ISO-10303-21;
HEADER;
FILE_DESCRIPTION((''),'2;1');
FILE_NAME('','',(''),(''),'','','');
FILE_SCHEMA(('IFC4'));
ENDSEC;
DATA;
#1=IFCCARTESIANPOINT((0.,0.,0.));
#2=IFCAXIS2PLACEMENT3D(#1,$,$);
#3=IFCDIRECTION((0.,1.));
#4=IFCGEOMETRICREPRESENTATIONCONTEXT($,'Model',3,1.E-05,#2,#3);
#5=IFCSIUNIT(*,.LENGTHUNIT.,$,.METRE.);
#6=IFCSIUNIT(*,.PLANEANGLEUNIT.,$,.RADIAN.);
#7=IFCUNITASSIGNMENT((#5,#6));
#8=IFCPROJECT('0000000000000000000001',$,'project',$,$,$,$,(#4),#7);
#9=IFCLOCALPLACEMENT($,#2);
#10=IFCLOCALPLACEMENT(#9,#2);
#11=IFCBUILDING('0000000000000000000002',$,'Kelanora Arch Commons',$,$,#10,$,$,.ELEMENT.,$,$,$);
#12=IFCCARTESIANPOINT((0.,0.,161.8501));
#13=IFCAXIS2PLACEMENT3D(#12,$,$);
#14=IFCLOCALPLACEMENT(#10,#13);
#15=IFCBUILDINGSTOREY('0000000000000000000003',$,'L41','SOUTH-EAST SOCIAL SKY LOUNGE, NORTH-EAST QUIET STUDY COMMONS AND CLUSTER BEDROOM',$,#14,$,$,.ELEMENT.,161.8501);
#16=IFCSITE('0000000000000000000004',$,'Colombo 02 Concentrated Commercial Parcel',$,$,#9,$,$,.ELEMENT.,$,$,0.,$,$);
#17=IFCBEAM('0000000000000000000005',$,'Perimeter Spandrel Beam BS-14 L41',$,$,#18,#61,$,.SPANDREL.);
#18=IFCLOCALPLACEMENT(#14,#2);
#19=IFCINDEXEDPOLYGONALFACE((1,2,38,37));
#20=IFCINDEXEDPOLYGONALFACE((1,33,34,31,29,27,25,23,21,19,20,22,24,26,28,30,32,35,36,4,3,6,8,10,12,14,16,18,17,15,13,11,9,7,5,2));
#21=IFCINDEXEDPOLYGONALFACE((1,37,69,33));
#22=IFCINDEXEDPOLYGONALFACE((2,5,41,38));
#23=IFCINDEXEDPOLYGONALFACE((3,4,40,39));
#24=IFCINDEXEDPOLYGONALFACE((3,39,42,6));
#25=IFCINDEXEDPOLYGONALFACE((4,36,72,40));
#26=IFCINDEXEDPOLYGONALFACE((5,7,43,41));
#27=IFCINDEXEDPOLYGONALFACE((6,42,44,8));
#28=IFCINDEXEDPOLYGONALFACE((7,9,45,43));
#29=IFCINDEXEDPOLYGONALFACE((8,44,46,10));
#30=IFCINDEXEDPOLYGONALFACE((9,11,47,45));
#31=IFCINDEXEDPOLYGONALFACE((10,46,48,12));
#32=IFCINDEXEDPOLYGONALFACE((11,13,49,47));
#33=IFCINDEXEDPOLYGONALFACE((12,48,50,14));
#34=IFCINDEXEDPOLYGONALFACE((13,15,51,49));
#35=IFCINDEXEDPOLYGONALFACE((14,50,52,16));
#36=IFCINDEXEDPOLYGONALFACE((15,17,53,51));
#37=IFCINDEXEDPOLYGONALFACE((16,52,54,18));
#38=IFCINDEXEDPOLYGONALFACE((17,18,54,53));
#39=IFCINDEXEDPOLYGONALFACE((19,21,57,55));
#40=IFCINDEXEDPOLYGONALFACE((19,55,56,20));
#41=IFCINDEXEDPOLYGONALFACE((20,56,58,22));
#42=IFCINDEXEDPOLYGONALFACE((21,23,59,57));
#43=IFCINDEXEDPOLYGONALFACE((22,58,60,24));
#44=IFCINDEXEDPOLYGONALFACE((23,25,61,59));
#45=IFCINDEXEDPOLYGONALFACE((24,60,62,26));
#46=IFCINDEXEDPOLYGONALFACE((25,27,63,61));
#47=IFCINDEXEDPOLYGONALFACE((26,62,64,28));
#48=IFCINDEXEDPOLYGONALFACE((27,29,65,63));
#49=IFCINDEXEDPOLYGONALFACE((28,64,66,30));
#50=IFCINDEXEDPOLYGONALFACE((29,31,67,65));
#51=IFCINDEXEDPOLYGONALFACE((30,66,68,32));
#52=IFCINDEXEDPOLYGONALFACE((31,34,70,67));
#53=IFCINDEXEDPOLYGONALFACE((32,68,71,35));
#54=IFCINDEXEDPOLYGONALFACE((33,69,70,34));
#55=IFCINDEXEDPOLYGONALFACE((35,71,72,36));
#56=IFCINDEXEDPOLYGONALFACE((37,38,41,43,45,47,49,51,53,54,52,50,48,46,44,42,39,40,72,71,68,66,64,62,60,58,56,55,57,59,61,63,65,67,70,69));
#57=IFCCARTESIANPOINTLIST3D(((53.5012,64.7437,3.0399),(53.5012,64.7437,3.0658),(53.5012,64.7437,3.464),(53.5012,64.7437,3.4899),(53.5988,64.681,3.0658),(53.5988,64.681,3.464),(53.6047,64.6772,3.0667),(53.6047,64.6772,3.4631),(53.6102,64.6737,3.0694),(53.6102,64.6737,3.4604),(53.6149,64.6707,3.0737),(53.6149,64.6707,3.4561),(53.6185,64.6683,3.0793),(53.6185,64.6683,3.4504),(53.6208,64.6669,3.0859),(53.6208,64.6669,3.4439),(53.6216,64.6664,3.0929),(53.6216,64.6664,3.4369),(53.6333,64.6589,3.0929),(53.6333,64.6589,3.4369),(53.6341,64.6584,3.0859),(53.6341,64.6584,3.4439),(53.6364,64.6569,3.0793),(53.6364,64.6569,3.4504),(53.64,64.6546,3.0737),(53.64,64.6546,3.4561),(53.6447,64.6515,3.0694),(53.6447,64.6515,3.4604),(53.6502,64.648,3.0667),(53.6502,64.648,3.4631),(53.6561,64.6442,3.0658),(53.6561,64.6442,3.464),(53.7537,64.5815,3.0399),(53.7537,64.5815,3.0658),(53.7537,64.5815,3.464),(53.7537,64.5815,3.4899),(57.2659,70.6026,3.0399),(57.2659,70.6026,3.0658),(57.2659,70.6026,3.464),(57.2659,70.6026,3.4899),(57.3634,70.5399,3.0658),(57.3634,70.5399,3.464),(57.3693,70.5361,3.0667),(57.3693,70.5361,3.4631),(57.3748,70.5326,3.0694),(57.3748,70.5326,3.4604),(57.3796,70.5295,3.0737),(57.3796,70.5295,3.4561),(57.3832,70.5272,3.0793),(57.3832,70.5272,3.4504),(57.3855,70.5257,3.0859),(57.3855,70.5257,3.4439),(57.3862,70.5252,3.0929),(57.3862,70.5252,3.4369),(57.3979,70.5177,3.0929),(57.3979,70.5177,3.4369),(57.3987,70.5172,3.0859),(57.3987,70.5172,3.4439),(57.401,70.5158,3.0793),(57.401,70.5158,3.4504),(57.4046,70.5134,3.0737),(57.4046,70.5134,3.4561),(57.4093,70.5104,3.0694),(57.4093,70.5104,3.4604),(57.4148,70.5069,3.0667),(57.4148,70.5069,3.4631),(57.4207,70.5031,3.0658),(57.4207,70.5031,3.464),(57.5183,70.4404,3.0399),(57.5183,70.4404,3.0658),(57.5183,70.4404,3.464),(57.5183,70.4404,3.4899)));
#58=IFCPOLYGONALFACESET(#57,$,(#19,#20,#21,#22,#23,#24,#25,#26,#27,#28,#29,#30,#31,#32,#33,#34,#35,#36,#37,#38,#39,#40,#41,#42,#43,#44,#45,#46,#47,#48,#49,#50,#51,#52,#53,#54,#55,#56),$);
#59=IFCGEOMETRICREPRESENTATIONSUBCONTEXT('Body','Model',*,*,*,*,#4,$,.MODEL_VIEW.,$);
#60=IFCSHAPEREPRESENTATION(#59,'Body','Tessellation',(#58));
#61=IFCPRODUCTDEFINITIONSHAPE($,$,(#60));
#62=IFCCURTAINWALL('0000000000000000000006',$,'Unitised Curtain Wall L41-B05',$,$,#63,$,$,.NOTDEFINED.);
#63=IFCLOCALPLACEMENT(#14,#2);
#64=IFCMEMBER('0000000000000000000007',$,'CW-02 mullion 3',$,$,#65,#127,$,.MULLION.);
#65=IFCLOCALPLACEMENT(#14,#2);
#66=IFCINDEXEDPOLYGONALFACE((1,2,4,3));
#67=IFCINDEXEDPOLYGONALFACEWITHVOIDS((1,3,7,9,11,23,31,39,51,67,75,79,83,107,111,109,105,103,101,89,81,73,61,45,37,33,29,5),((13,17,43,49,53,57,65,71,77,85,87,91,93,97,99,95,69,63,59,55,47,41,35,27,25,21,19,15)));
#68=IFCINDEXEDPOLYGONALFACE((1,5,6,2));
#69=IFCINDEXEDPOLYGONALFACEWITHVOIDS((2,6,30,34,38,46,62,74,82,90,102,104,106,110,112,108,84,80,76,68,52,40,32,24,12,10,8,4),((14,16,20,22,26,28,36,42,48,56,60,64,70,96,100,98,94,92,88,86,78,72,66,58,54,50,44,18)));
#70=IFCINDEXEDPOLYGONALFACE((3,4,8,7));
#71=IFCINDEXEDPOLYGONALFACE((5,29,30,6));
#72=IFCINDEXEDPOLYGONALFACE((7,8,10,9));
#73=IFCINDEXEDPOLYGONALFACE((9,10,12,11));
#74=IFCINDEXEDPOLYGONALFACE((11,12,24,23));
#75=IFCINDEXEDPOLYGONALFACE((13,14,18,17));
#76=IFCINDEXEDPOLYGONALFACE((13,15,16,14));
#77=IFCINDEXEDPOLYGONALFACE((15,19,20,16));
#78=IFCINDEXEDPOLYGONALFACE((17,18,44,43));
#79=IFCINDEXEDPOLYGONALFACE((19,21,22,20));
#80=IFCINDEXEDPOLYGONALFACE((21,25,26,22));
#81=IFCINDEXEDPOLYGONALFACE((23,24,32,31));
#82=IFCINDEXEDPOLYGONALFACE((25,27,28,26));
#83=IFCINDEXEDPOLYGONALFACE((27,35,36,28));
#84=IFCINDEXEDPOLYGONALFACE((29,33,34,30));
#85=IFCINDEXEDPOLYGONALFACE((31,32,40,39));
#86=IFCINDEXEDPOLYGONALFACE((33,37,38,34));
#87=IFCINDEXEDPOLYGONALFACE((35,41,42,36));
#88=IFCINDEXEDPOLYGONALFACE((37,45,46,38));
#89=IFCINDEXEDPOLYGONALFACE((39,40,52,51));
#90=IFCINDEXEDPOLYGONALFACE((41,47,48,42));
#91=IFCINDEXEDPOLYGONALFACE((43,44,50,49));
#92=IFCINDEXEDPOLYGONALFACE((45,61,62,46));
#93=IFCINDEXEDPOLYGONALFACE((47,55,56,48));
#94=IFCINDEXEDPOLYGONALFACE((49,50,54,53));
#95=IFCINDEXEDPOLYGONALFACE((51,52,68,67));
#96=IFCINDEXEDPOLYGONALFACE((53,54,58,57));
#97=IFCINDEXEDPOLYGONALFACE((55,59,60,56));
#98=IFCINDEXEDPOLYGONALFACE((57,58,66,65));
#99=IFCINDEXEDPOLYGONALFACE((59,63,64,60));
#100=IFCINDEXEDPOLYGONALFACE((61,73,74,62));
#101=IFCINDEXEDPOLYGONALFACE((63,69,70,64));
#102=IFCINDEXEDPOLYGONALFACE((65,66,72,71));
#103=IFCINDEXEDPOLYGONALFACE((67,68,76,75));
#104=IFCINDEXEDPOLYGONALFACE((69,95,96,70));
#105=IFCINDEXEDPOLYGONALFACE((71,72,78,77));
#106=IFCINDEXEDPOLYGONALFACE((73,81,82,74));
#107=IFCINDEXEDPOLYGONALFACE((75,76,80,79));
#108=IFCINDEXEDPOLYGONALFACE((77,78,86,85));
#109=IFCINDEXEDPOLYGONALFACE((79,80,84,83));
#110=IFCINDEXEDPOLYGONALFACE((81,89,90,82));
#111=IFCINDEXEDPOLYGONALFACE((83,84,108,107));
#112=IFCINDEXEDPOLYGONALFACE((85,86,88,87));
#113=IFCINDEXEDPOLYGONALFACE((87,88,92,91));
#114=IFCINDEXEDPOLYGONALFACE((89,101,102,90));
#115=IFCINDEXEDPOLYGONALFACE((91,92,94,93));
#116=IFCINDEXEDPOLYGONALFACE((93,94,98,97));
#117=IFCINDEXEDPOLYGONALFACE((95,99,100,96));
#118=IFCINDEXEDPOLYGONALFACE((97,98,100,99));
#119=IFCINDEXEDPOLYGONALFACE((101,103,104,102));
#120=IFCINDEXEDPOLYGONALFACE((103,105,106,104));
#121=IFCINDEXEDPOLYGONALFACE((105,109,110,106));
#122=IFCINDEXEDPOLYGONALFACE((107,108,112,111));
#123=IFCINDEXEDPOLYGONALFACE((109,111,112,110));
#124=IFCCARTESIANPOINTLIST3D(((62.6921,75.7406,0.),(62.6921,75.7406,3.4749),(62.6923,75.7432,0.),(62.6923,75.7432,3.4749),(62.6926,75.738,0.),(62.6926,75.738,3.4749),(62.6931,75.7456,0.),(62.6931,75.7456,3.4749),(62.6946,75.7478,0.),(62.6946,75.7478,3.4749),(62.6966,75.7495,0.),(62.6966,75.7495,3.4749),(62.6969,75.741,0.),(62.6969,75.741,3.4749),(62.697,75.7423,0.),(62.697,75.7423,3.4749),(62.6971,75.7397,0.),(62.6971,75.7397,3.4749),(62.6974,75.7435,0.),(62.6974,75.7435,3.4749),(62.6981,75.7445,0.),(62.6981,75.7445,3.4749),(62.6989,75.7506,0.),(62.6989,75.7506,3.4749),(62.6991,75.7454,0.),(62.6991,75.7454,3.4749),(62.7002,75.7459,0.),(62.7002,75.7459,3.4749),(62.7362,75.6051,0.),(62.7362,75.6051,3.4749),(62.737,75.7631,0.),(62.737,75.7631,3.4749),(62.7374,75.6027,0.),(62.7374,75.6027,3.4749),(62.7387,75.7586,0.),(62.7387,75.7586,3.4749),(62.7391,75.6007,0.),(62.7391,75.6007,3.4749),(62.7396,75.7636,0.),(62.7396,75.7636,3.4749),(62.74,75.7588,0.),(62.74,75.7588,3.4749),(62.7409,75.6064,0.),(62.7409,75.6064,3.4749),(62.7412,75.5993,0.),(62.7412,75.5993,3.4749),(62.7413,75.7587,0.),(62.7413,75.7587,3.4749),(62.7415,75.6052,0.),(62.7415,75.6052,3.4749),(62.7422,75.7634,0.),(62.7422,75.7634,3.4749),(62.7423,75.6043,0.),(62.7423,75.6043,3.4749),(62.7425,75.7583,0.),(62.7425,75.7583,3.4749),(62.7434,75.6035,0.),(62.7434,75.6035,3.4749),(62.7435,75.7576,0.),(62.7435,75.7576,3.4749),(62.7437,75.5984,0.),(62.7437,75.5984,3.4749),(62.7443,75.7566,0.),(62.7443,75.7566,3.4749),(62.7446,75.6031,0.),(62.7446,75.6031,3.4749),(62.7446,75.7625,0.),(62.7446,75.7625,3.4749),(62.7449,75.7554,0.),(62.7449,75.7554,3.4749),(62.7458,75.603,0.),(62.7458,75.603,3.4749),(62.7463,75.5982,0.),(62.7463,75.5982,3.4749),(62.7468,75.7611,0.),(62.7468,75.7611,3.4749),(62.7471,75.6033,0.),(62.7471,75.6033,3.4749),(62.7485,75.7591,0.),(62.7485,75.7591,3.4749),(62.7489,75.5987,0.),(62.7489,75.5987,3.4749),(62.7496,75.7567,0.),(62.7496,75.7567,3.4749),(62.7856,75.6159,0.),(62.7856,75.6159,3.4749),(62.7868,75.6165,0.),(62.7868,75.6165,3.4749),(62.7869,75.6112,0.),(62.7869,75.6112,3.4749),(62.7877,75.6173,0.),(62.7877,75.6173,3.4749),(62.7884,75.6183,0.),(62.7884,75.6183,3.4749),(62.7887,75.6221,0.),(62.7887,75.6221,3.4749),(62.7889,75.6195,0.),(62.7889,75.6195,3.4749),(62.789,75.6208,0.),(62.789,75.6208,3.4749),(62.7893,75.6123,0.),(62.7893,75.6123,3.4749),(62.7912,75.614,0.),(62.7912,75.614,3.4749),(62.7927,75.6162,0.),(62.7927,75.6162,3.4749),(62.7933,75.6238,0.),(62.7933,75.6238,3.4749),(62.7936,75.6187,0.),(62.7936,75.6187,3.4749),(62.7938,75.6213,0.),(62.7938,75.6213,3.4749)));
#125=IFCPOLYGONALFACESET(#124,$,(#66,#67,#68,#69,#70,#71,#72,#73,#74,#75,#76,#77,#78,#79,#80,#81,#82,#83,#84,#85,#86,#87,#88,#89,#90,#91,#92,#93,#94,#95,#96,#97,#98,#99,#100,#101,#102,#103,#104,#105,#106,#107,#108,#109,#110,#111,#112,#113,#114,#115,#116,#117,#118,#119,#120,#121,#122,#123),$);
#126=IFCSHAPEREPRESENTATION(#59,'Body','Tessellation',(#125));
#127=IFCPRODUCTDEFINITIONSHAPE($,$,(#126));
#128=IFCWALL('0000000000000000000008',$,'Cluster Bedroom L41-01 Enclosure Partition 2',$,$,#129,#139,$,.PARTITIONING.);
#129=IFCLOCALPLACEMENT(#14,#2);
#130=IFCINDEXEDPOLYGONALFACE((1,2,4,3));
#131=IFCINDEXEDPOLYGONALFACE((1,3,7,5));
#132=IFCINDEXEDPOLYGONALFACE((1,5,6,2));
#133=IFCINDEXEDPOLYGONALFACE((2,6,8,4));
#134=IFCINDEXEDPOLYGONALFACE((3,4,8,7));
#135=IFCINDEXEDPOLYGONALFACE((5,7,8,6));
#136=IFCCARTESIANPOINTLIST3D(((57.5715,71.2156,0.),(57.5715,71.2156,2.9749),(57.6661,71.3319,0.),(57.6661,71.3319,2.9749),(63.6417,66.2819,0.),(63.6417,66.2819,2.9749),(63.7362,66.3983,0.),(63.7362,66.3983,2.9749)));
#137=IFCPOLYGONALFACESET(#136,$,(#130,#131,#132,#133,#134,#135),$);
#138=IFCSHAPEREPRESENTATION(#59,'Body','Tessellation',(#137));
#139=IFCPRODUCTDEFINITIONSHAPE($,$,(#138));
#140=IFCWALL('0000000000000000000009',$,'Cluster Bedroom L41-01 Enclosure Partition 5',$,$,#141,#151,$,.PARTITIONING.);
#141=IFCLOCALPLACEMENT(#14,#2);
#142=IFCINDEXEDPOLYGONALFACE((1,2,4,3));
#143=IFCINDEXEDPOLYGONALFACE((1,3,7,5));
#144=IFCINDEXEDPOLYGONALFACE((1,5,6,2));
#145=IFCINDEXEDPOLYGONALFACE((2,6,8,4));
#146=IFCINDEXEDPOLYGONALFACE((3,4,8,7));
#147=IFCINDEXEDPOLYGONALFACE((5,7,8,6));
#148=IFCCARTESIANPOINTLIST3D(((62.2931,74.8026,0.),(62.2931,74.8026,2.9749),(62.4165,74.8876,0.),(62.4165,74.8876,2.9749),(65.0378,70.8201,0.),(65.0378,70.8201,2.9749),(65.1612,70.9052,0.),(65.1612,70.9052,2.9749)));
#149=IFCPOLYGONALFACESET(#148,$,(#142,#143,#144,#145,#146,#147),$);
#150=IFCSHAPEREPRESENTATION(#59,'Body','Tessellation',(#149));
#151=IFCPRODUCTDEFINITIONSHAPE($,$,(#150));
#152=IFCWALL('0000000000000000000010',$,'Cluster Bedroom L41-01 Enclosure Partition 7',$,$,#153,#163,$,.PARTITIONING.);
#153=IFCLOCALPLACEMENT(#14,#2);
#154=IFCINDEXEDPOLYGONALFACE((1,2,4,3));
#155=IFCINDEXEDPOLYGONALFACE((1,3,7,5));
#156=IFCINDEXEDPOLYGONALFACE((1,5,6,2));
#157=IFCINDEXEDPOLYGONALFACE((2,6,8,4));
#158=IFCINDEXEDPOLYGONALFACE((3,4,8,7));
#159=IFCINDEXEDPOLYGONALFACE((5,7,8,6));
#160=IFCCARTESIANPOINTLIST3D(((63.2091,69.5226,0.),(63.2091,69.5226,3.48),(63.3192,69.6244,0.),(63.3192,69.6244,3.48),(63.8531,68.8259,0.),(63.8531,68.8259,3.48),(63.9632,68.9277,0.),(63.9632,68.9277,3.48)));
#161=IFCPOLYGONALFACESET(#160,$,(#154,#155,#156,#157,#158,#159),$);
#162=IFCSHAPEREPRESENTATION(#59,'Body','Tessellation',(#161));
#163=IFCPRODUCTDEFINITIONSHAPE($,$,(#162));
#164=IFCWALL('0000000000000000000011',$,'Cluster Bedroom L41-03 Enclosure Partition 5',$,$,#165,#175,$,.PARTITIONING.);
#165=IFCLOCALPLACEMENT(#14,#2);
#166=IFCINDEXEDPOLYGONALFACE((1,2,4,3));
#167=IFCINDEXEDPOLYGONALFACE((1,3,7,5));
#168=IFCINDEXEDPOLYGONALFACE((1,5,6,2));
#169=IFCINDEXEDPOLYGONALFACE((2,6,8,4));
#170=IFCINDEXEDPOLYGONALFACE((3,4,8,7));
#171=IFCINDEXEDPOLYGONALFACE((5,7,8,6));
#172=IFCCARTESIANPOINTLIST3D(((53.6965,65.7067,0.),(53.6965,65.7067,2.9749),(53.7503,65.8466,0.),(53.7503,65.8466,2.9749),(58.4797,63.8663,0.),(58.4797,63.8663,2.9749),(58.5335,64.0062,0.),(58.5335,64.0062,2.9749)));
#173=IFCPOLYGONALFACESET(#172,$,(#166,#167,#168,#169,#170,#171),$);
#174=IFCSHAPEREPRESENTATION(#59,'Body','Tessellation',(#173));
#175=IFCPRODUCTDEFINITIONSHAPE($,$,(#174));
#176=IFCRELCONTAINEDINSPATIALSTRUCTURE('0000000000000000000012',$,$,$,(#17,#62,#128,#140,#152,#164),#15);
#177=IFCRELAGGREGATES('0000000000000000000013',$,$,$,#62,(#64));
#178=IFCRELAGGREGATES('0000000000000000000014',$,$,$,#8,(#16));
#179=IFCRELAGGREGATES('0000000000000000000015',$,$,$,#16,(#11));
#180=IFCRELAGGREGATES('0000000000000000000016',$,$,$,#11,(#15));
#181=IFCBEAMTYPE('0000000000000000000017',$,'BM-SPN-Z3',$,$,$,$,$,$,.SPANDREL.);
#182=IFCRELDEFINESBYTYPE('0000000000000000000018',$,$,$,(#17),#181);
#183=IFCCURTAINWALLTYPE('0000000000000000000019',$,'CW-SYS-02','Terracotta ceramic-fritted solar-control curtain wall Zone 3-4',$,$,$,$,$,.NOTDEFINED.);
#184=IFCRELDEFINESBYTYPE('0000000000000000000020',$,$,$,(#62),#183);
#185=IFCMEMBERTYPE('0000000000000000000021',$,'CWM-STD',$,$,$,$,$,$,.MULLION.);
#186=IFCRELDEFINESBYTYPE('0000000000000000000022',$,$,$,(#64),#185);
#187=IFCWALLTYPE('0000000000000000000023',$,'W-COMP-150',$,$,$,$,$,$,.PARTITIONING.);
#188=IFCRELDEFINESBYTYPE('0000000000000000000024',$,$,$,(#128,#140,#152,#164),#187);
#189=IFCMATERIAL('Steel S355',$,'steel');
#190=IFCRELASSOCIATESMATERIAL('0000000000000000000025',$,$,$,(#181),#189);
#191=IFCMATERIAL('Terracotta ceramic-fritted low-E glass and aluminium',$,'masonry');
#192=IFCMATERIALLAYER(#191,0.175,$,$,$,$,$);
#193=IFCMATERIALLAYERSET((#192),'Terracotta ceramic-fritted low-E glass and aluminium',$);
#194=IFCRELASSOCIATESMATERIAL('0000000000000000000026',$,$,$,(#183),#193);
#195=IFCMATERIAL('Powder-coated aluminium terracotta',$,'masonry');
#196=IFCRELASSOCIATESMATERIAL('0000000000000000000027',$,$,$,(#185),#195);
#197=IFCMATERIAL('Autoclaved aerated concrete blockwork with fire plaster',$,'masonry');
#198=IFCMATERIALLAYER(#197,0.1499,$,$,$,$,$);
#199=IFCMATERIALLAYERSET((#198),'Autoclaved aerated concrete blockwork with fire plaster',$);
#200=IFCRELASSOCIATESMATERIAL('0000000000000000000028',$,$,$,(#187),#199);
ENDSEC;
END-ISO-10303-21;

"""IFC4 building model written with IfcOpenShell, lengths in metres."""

from ifc_helpers import new_model, si_unit, direction, frame, frame_2d, origin, origin_2d, place, context, subcontext, project, spatial, rectangle, hollow_rectangle, i_section, extrude, material, layer, layer_set, material_profile, profile_set, type_object, element, aggregate, save


model = new_model("IFC4")

# Units and contexts
model_context = context("Model", 3, precision=1e-05, world=origin(), true_north=direction((0.0, 1.0)))
body_context = subcontext(model_context, "Body", "Model", "MODEL_VIEW")
ifc_project = project(units=[si_unit("LENGTHUNIT", "METRE"), si_unit("PLANEANGLEUNIT", "RADIAN")], contexts=[model_context])

# Site, building, storey
site_placement = place(None, origin())
site = spatial("IfcSite", under=ifc_project, at=site_placement, Name="Colombo 02 Concentrated Commercial Parcel", CompositionType="ELEMENT", RefElevation=0.0)
building_placement = place(site_placement, origin())
building = spatial("IfcBuilding", under=site, at=building_placement, Name="Kelanora Arch Commons", CompositionType="ELEMENT")
storey_placement = place(building_placement, frame((0.0, 0.0, 161.8501)))
storey = spatial("IfcBuildingStorey", under=building, at=storey_placement, Name="L41", Description="SOUTH-EAST SOCIAL SKY LOUNGE, NORTH-EAST QUIET STUDY COMMONS AND CLUSTER BEDROOM", CompositionType="ELEMENT", Elevation=161.8501)

# Beam
ifc_material_1 = material(Name="Steel S355", Category="steel")
ifc_material_profile_1 = material_profile(ifc_material_1, i_section(OverallWidth=0.3, OverallDepth=0.45, WebThickness=0.0139, FlangeThickness=0.0259, FilletRadius=0.0271, at=origin_2d()), Name="HEB450")
ifc_profile_set_1 = profile_set([ifc_material_profile_1], Name="Steel S355")
beam_type_1 = type_object("IfcBeamType", Name="BM-SPN-Z3", PredefinedType="SPANDREL", material=ifc_profile_set_1)
beam_1_placement = place(storey_placement, frame((57.3921, 70.5215, 3.2649), z_axis=(-0.540577, -0.841295, 0.0), x_axis=(0.841295, -0.540577, 0.0)))
element("IfcBeam", 1, at=beam_1_placement, inside=storey, type_object=beam_type_1, Name="Perimeter Spandrel Beam BS-14 L41", PredefinedType="SPANDREL", context=body_context, shape_type="SweptSolid", body=[
    extrude(i_section(OverallWidth=0.3, OverallDepth=0.45, WebThickness=0.0139, FlangeThickness=0.0259, FilletRadius=0.0271, at=origin_2d()), origin(), (0.0, 0.0, 1.0), 6.9641),
])

# Curtain wall, member
ifc_material_2 = material(Name="Terracotta ceramic-fritted low-E glass and aluminium", Category="masonry")
ifc_layer_1 = layer(ifc_material_2, 0.175)
ifc_layer_set_1 = layer_set([ifc_layer_1], Name="Terracotta ceramic-fritted low-E glass and aluminium")
curtain_wall_type = type_object("IfcCurtainWallType", Name="CW-SYS-02", Description="Terracotta ceramic-fritted solar-control curtain wall Zone 3-4", PredefinedType="NOTDEFINED", material=ifc_layer_set_1)
curtain_wall_placement = place(storey_placement, origin())
curtain_wall = element("IfcCurtainWall", 2, at=curtain_wall_placement, inside=storey, type_object=curtain_wall_type, Name="Unitised Curtain Wall L41-B05", PredefinedType="NOTDEFINED")
ifc_material_3 = material(Name="Powder-coated aluminium terracotta", Category="masonry")
ifc_material_profile_2 = material_profile(ifc_material_3, hollow_rectangle(XDim=0.1599, YDim=0.0601, WallThickness=0.0049, InnerFilletRadius=0.0049, OuterFilletRadius=0.01, at=origin_2d()), Name="CWM160x60")
ifc_profile_set_2 = profile_set([ifc_material_profile_2], Name="Powder-coated aluminium terracotta")
member_type = type_object("IfcMemberType", Name="CWM-STD", PredefinedType="MULLION", material=ifc_profile_set_2)
member_placement = place(storey_placement, frame((62.7429, 75.6809, 0.0), z_axis=(0.0, 0.0, 1.0), x_axis=(0.312128, -0.95004, 0.0)))
member = element("IfcMember", 3, at=member_placement, type_object=member_type, Name="CW-02 mullion 3", PredefinedType="MULLION", context=body_context, shape_type="SweptSolid", body=[
    extrude(hollow_rectangle(XDim=0.1599, YDim=0.0601, WallThickness=0.0049, InnerFilletRadius=0.0049, OuterFilletRadius=0.01, at=origin_2d()), origin(), (0.0, 0.0, 1.0), 3.4749),
])
aggregate(curtain_wall, [member])

# Walls
ifc_material_4 = material(Name="Autoclaved aerated concrete blockwork with fire plaster", Category="masonry")
ifc_layer_2 = layer(ifc_material_4, 0.1499)
ifc_layer_set_2 = layer_set([ifc_layer_2], Name="Autoclaved aerated concrete blockwork with fire plaster")
wall_type_1 = type_object("IfcWallType", Name="W-COMP-150", PredefinedType="PARTITIONING", material=ifc_layer_set_2)
wall_1_placement = place(storey_placement, frame((63.689, 66.3401, 0.0), z_axis=(0.0, 0.0, 1.0), x_axis=(-0.77601, 0.630721, 0.0)))
element("IfcWall", 4, at=wall_1_placement, inside=storey, type_object=wall_type_1, Name="Cluster Bedroom L41-01 Enclosure Partition 2", PredefinedType="PARTITIONING", context=body_context, shape_type="SweptSolid", body=[
    extrude(rectangle(XDim=7.8223, YDim=0.1499, at=frame_2d((3.9111, 0.0))), origin(), (0.0, 0.0, 1.0), 2.9749),
])
wall_2_placement = place(storey_placement, frame((62.3547, 74.8452, 0.0), z_axis=(0.0, 0.0, 1.0), x_axis=(0.567471, -0.823393, 0.0)))
element("IfcWall", 5, at=wall_2_placement, inside=storey, type_object=wall_type_1, Name="Cluster Bedroom L41-01 Enclosure Partition 5", PredefinedType="PARTITIONING", context=body_context, shape_type="SweptSolid", body=[
    extrude(rectangle(XDim=4.8367, YDim=0.1499, at=frame_2d((2.4185, 0.0))), origin(), (0.0, 0.0, 1.0), 2.9749),
])
wall_3_placement = place(storey_placement, frame((63.2642, 69.5735, 0.0), z_axis=(0.0, 0.0, 1.0), x_axis=(0.678772, -0.73435, 0.0)))
element("IfcWall", 6, at=wall_3_placement, inside=storey, type_object=wall_type_1, Name="Cluster Bedroom L41-01 Enclosure Partition 7", PredefinedType="PARTITIONING", context=body_context, shape_type="SweptSolid", body=[
    extrude(rectangle(XDim=0.9487, YDim=0.1499, at=frame_2d((0.4744, 0.0))), origin(), (0.0, 0.0, 1.0), 3.48),
])
wall_4_placement = place(storey_placement, frame((53.7234, 65.7766, 0.0), z_axis=(0.0, 0.0, 1.0), x_axis=(0.933304, -0.359088, 0.0)))
element("IfcWall", 7, at=wall_4_placement, inside=storey, type_object=wall_type_1, Name="Cluster Bedroom L41-03 Enclosure Partition 5", PredefinedType="PARTITIONING", context=body_context, shape_type="SweptSolid", body=[
    extrude(rectangle(XDim=5.125, YDim=0.1499, at=frame_2d((2.5625, 0.0))), origin(), (0.0, 0.0, 1.0), 2.9749),
])

save(model, "model.ifc")
